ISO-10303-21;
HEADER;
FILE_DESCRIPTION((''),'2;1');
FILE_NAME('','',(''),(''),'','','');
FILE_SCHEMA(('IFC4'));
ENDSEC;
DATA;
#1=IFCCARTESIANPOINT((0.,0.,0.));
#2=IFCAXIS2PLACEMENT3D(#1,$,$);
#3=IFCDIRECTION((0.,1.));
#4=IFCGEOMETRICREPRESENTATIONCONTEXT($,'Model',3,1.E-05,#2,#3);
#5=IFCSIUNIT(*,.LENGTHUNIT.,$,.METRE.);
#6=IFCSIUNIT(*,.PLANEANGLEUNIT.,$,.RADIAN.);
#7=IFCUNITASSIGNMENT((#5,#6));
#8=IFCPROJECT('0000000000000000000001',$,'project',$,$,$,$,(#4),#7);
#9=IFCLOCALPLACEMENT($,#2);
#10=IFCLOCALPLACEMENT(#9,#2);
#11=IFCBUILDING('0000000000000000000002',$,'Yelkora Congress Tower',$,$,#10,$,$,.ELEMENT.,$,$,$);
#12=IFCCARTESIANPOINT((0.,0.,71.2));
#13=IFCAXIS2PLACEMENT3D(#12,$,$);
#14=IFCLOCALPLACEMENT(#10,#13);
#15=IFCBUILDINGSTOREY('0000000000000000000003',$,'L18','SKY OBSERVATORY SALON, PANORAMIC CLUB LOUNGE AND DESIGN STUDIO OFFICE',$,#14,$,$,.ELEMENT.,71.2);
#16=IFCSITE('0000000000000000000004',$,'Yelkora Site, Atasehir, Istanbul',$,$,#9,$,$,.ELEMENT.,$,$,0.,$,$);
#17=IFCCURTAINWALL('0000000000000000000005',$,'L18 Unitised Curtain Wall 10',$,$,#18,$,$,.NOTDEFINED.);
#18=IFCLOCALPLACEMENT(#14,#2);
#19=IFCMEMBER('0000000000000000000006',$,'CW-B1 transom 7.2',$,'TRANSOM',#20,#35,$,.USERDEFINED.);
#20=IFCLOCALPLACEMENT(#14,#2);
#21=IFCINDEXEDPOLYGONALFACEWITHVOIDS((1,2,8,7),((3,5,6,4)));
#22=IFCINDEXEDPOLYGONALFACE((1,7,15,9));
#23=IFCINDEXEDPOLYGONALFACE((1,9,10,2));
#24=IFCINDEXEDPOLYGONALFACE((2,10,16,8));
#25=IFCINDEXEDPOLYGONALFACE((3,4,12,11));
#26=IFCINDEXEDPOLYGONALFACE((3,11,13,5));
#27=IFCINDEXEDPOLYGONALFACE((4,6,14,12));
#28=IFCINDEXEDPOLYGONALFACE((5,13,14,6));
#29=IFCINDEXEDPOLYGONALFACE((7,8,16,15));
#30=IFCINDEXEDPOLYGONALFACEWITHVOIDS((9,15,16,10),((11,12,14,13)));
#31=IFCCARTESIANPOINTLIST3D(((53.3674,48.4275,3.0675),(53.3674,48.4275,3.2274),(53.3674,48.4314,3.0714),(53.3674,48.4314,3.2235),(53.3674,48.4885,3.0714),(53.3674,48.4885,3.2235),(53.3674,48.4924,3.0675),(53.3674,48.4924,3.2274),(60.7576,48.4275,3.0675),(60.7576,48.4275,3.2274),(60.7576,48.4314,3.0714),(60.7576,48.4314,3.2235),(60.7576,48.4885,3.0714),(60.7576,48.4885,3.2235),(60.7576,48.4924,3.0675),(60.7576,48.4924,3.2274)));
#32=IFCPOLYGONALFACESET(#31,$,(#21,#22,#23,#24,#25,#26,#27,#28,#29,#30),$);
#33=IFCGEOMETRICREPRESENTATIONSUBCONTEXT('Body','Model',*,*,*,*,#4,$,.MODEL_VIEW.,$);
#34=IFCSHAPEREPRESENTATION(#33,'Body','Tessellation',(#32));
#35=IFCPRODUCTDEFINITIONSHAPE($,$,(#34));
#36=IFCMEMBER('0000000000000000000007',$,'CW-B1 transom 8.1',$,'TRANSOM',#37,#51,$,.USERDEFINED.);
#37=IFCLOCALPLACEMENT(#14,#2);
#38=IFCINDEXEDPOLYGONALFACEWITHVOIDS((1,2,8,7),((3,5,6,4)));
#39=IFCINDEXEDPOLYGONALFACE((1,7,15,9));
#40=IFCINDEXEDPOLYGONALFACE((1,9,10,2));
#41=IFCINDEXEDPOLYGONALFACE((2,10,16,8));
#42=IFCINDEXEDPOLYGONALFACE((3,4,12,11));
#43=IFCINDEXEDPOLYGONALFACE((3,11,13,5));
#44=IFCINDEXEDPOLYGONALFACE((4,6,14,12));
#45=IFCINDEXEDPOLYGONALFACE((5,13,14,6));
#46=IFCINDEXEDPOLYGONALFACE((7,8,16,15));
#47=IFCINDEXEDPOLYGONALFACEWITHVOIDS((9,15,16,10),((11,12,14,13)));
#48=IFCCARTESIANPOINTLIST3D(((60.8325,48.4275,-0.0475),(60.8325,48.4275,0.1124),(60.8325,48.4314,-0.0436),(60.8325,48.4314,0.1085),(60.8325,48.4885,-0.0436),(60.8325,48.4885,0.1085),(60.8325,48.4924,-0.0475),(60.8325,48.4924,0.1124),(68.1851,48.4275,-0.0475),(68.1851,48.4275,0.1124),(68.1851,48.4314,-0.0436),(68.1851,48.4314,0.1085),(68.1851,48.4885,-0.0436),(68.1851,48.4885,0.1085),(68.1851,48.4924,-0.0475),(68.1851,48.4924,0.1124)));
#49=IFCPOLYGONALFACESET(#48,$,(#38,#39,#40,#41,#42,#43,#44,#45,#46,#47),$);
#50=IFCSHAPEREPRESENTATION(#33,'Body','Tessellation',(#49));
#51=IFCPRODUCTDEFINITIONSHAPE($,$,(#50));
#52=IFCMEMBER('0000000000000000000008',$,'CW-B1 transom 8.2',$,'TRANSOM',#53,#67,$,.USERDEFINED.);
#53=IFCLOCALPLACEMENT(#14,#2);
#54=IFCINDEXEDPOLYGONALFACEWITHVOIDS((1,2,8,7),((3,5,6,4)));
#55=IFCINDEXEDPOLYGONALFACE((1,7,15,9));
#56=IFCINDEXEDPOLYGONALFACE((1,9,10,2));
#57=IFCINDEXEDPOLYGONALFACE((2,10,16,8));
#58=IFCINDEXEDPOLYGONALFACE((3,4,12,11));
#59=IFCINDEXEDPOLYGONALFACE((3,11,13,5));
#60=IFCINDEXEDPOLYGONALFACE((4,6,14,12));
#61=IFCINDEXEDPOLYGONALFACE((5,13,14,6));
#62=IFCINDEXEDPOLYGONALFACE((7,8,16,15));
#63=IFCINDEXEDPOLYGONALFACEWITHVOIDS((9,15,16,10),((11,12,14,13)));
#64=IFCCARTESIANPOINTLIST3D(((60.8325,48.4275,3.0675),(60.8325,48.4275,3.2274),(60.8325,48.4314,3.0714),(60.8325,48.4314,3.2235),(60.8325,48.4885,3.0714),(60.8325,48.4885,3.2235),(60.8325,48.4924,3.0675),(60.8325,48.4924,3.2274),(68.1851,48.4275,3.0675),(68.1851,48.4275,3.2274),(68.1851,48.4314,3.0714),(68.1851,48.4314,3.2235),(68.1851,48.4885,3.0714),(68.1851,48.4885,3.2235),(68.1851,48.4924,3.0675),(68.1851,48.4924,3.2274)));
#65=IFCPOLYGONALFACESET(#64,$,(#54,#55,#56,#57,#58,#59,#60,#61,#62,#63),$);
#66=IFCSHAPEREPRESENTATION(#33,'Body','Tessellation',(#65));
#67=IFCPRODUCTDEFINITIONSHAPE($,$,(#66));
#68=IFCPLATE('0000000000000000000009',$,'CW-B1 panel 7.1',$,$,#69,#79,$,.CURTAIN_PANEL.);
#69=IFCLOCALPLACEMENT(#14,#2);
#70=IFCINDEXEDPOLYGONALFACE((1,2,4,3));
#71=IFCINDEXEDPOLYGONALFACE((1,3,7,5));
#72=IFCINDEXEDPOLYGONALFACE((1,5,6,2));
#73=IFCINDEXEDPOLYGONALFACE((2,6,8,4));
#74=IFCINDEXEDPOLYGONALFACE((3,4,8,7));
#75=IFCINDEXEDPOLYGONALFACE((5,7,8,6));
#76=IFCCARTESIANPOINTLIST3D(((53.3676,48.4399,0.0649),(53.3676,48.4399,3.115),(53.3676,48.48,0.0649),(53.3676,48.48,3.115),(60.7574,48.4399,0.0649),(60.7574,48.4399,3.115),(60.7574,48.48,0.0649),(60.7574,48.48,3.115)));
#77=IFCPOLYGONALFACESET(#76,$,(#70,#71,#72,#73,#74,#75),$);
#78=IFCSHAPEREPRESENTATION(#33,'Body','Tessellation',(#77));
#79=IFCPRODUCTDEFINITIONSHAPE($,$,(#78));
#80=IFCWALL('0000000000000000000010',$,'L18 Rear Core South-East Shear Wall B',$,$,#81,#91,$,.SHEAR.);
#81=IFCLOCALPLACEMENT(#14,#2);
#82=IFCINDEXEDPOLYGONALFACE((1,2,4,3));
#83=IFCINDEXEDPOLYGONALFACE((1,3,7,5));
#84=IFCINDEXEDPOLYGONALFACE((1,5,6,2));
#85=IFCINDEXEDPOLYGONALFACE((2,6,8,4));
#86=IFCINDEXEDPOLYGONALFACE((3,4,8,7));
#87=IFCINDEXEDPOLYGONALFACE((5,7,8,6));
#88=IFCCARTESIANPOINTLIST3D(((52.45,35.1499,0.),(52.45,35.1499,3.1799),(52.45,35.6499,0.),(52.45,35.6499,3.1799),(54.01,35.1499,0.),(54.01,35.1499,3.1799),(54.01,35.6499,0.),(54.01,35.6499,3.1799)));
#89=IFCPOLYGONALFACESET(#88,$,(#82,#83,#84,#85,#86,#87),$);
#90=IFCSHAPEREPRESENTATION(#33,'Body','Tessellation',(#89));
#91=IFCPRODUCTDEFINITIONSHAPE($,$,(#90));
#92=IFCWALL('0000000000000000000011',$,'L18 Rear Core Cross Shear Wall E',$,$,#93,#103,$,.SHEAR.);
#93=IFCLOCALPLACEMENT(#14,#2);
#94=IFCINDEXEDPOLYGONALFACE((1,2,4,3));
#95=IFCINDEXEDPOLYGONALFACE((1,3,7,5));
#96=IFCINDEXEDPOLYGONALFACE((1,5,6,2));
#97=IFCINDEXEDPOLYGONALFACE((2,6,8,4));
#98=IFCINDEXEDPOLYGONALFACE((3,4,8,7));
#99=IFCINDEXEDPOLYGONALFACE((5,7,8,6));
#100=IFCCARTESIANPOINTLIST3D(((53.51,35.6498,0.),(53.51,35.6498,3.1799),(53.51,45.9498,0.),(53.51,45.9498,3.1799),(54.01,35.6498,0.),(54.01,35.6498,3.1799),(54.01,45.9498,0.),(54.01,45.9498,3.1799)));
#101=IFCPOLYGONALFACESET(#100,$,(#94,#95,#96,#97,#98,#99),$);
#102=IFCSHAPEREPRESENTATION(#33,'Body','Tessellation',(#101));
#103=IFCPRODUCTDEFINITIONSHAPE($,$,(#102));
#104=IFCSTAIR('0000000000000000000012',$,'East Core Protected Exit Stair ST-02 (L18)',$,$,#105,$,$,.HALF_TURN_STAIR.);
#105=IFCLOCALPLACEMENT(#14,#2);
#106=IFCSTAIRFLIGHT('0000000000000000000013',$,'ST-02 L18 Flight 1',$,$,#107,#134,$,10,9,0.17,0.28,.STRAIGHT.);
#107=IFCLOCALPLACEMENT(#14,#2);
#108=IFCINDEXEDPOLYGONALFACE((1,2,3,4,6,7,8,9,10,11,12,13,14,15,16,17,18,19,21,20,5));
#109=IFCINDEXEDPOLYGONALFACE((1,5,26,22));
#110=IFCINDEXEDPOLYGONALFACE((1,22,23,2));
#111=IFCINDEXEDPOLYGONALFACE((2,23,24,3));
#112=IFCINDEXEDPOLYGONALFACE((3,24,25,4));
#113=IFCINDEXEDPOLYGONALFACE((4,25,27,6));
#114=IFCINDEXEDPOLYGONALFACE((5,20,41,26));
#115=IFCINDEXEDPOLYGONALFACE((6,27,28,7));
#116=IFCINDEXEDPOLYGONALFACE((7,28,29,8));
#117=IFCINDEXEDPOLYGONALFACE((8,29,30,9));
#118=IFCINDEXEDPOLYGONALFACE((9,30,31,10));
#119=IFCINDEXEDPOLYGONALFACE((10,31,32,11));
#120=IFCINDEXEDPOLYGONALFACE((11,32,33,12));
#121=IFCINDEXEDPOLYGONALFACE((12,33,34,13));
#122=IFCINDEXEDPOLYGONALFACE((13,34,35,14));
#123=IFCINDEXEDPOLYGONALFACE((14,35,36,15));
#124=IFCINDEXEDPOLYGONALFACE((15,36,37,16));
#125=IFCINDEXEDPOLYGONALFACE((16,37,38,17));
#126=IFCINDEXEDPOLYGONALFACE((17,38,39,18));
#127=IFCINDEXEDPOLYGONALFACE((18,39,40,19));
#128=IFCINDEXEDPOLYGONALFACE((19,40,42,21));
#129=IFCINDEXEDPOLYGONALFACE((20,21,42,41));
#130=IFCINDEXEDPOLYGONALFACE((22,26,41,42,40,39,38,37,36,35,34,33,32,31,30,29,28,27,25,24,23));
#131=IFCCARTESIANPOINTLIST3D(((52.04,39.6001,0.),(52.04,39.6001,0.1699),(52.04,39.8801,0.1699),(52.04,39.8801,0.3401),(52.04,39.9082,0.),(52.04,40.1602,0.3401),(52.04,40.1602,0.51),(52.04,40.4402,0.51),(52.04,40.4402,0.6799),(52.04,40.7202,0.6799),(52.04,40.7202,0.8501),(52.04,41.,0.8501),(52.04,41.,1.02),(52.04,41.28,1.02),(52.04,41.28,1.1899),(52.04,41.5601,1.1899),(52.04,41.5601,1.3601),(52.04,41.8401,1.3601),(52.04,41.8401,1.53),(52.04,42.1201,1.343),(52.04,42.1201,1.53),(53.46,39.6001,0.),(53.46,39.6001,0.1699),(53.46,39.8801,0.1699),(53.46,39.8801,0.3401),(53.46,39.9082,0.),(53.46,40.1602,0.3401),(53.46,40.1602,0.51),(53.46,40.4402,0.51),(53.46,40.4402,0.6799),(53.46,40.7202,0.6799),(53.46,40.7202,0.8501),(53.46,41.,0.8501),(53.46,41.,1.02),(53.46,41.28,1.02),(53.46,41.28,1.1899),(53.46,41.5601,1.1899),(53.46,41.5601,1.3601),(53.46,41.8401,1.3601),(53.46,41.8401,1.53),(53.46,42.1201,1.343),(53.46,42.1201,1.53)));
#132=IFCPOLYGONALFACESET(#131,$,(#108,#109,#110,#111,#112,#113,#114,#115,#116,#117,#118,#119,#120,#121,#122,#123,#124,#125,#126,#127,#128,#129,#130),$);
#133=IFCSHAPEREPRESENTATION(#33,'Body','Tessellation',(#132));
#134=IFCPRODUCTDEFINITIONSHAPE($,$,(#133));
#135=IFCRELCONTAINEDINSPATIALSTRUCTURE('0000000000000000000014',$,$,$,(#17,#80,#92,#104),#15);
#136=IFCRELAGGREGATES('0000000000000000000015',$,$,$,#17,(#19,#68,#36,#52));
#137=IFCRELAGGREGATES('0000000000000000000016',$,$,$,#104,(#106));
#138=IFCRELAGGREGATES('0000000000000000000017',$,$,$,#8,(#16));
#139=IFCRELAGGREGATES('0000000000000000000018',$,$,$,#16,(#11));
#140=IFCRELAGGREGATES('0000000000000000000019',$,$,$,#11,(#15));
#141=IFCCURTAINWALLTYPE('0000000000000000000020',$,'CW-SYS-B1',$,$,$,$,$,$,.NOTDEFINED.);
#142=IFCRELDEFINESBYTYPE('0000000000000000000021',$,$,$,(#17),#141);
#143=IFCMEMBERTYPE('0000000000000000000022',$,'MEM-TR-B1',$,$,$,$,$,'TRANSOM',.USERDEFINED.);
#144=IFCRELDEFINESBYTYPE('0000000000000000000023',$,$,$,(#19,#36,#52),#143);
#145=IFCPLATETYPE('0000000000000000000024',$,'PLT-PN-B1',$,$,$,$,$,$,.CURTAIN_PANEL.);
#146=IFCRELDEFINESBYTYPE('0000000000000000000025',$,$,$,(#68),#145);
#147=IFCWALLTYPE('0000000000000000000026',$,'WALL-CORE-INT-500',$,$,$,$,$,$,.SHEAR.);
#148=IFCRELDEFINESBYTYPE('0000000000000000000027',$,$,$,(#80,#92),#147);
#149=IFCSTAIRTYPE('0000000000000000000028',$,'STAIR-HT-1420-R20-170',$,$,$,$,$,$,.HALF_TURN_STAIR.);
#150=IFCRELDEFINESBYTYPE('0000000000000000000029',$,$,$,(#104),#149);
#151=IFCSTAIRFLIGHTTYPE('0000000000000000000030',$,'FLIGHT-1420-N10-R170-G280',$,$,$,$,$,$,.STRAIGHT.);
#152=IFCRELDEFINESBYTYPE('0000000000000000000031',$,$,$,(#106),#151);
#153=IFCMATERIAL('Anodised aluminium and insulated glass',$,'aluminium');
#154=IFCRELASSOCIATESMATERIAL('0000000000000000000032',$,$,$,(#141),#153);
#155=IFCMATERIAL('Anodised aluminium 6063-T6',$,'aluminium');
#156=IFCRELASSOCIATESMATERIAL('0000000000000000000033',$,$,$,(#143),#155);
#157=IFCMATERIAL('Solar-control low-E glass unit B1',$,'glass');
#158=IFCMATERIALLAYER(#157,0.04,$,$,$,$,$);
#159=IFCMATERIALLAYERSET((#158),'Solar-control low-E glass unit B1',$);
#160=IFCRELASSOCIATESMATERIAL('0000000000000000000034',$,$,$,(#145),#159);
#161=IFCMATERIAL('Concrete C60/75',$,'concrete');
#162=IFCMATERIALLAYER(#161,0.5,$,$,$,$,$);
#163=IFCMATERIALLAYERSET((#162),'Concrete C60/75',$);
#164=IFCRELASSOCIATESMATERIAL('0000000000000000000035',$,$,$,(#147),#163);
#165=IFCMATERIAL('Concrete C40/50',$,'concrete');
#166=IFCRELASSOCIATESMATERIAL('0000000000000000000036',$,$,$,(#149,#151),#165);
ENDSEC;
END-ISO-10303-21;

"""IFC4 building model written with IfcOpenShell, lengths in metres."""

from ifc_helpers import new_model, si_unit, direction, frame, frame_2d, origin, origin_2d, place, context, subcontext, project, spatial, polyline, rectangle, hollow_rectangle, outline, extrude, material, layer, layer_set, material_profile, profile_set, type_object, element, aggregate, save


model = new_model("IFC4")

# Units and contexts
model_context = context("Model", 3, precision=1e-05, world=origin(), true_north=direction((0.0, 1.0)))
body_context = subcontext(model_context, "Body", "Model", "MODEL_VIEW")
ifc_project = project(units=[si_unit("LENGTHUNIT", "METRE"), si_unit("PLANEANGLEUNIT", "RADIAN")], contexts=[model_context])

# Site, building, storey
site_placement = place(None, origin())
site = spatial("IfcSite", under=ifc_project, at=site_placement, Name="Yelkora Site, Atasehir, Istanbul", CompositionType="ELEMENT", RefElevation=0.0)
building_placement = place(site_placement, origin())
building = spatial("IfcBuilding", under=site, at=building_placement, Name="Yelkora Congress Tower", CompositionType="ELEMENT")
storey_placement = place(building_placement, frame((0.0, 0.0, 71.2)))
storey = spatial("IfcBuildingStorey", under=building, at=storey_placement, Name="L18", Description="SKY OBSERVATORY SALON, PANORAMIC CLUB LOUNGE AND DESIGN STUDIO OFFICE", CompositionType="ELEMENT", Elevation=71.2)

# Shared definitions
ifc_material_1 = material(Name="Concrete C60/75", Category="concrete")

# Curtain wall, members, plate
ifc_material_2 = material(Name="Anodised aluminium and insulated glass", Category="aluminium")
curtain_wall_type = type_object("IfcCurtainWallType", Name="CW-SYS-B1", PredefinedType="NOTDEFINED", material=ifc_material_2)
curtain_wall_placement = place(storey_placement, origin())
curtain_wall = element("IfcCurtainWall", 1, at=curtain_wall_placement, inside=storey, type_object=curtain_wall_type, Name="L18 Unitised Curtain Wall 10", PredefinedType="NOTDEFINED")
ifc_material_3 = material(Name="Anodised aluminium 6063-T6", Category="aluminium")
ifc_material_profile_1 = material_profile(ifc_material_3, hollow_rectangle(XDim=0.0649, YDim=0.1599, WallThickness=0.0039, at=origin_2d()), Name="ALU 65x160x4")
ifc_profile_set_1 = profile_set([ifc_material_profile_1], Name="Anodised aluminium 6063-T6")
member_type_1 = type_object("IfcMemberType", Name="MEM-TR-B1", ElementType="TRANSOM", PredefinedType="USERDEFINED", material=ifc_profile_set_1)
member_1_placement = place(storey_placement, frame((53.3674, 48.46, 3.1475), z_axis=(1.0, 0.0, 0.0), x_axis=(0.0, 1.0, 0.0)))
member_1 = element("IfcMember", 2, at=member_1_placement, type_object=member_type_1, Name="CW-B1 transom 7.2", ObjectType="TRANSOM", PredefinedType="USERDEFINED", context=body_context, shape_type="SweptSolid", body=[
    extrude(hollow_rectangle(XDim=0.0649, YDim=0.1599, WallThickness=0.0039, at=origin_2d()), origin(), (0.0, 0.0, 1.0), 7.3901),
])
member_2_placement = place(storey_placement, frame((60.8325, 48.46, 0.0325), z_axis=(1.0, 0.0, 0.0), x_axis=(0.0, 1.0, 0.0)))
member_2 = element("IfcMember", 3, at=member_2_placement, type_object=member_type_1, Name="CW-B1 transom 8.1", ObjectType="TRANSOM", PredefinedType="USERDEFINED", context=body_context, shape_type="SweptSolid", body=[
    extrude(hollow_rectangle(XDim=0.0649, YDim=0.1599, WallThickness=0.0039, at=origin_2d()), origin(), (0.0, 0.0, 1.0), 7.3525),
])
member_3_placement = place(storey_placement, frame((60.8325, 48.46, 3.1475), z_axis=(1.0, 0.0, 0.0), x_axis=(0.0, 1.0, 0.0)))
member_3 = element("IfcMember", 4, at=member_3_placement, type_object=member_type_1, Name="CW-B1 transom 8.2", ObjectType="TRANSOM", PredefinedType="USERDEFINED", context=body_context, shape_type="SweptSolid", body=[
    extrude(hollow_rectangle(XDim=0.0649, YDim=0.1599, WallThickness=0.0039, at=origin_2d()), origin(), (0.0, 0.0, 1.0), 7.3525),
])
ifc_material_4 = material(Name="Solar-control low-E glass unit B1", Category="glass")
ifc_layer_1 = layer(ifc_material_4, 0.04)
ifc_layer_set_1 = layer_set([ifc_layer_1], Name="Solar-control low-E glass unit B1")
plate_type = type_object("IfcPlateType", Name="PLT-PN-B1", PredefinedType="CURTAIN_PANEL", material=ifc_layer_set_1)
plate_placement = place(storey_placement, frame((57.0625, 48.46, 0.0649), z_axis=(0.0, 0.0, 1.0), x_axis=(1.0, 0.0, 0.0)))
plate = element("IfcPlate", 5, at=plate_placement, type_object=plate_type, Name="CW-B1 panel 7.1", PredefinedType="CURTAIN_PANEL", context=body_context, shape_type="SweptSolid", body=[
    extrude(rectangle(XDim=7.3899, YDim=0.04, at=origin_2d()), origin(), (0.0, 0.0, 1.0), 3.05),
])
aggregate(curtain_wall, [member_1, plate, member_2, member_3])

# Walls
ifc_layer_2 = layer(ifc_material_1, 0.5)
ifc_layer_set_2 = layer_set([ifc_layer_2], Name="Concrete C60/75")
wall_type = type_object("IfcWallType", Name="WALL-CORE-INT-500", PredefinedType="SHEAR", material=ifc_layer_set_2)
wall_1_placement = place(storey_placement, frame((52.45, 35.3999, 0.0), z_axis=(0.0, 0.0, 1.0), x_axis=(1.0, 0.0, 0.0)))
element("IfcWall", 6, at=wall_1_placement, inside=storey, type_object=wall_type, Name="L18 Rear Core South-East Shear Wall B", PredefinedType="SHEAR", context=body_context, shape_type="SweptSolid", body=[
    extrude(rectangle(XDim=1.5601, YDim=0.5, at=frame_2d((0.78, 0.0))), origin(), (0.0, 0.0, 1.0), 3.1799),
])
wall_2_placement = place(storey_placement, frame((53.76, 35.6499, 0.0), z_axis=(0.0, 0.0, 1.0), x_axis=(0.0, 1.0, 0.0)))
element("IfcWall", 7, at=wall_2_placement, inside=storey, type_object=wall_type, Name="L18 Rear Core Cross Shear Wall E", PredefinedType="SHEAR", context=body_context, shape_type="SweptSolid", body=[
    extrude(rectangle(XDim=10.3, YDim=0.5, at=frame_2d((5.1499, 0.0))), origin(), (0.0, 0.0, 1.0), 3.1799),
])

# Stair, stair flight
ifc_material_5 = material(Name="Concrete C40/50", Category="concrete")
stair_type = type_object("IfcStairType", Name="STAIR-HT-1420-R20-170", PredefinedType="HALF_TURN_STAIR", material=ifc_material_5)
stair_placement = place(storey_placement, origin())
stair = element("IfcStair", 8, at=stair_placement, inside=storey, type_object=stair_type, Name="East Core Protected Exit Stair ST-02 (L18)", PredefinedType="HALF_TURN_STAIR")
stair_flight_type = type_object("IfcStairFlightType", Name="FLIGHT-1420-N10-R170-G280", PredefinedType="STRAIGHT", material=ifc_material_5)
stair_flight_placement = place(storey_placement, frame((52.75, 39.6001, 0.0), z_axis=(0.0, 0.0, 1.0), x_axis=(0.0, 1.0, 0.0)))
stair_flight = element("IfcStairFlight", 9, at=stair_flight_placement, type_object=stair_flight_type, Name="ST-02 L18 Flight 1", NumberOfRisers=10, NumberOfTreads=9, PredefinedType="STRAIGHT", RiserHeight=0.17, TreadLength=0.28, context=body_context, shape_type="SweptSolid", body=[
    extrude(outline(polyline([(0.0, 0.0), (0.0, 0.1699), (0.28, 0.1699), (0.28, 0.3401), (0.5601, 0.3401), (0.5601, 0.51), (0.8401, 0.51), (0.8401, 0.6799), (1.1201, 0.6799), (1.1201, 0.8501), (1.3999, 0.8501), (1.3999, 1.02), (1.6799, 1.02), (1.6799, 1.1899), (1.96, 1.1899), (1.96, 1.3601), (2.24, 1.3601), (2.24, 1.53), (2.52, 1.53), (2.52, 1.7), (2.52, 1.343), (0.3081, 0.0), (0.0, 0.0)])), frame((0.0, 0.71, 0.0), z_axis=(0.0, -1.0, 0.0), x_axis=(1.0, 0.0, 0.0)), (0.0, 0.0, 1.0), 1.4199),
])
aggregate(stair, [stair_flight])

save(model, "model.ifc")
